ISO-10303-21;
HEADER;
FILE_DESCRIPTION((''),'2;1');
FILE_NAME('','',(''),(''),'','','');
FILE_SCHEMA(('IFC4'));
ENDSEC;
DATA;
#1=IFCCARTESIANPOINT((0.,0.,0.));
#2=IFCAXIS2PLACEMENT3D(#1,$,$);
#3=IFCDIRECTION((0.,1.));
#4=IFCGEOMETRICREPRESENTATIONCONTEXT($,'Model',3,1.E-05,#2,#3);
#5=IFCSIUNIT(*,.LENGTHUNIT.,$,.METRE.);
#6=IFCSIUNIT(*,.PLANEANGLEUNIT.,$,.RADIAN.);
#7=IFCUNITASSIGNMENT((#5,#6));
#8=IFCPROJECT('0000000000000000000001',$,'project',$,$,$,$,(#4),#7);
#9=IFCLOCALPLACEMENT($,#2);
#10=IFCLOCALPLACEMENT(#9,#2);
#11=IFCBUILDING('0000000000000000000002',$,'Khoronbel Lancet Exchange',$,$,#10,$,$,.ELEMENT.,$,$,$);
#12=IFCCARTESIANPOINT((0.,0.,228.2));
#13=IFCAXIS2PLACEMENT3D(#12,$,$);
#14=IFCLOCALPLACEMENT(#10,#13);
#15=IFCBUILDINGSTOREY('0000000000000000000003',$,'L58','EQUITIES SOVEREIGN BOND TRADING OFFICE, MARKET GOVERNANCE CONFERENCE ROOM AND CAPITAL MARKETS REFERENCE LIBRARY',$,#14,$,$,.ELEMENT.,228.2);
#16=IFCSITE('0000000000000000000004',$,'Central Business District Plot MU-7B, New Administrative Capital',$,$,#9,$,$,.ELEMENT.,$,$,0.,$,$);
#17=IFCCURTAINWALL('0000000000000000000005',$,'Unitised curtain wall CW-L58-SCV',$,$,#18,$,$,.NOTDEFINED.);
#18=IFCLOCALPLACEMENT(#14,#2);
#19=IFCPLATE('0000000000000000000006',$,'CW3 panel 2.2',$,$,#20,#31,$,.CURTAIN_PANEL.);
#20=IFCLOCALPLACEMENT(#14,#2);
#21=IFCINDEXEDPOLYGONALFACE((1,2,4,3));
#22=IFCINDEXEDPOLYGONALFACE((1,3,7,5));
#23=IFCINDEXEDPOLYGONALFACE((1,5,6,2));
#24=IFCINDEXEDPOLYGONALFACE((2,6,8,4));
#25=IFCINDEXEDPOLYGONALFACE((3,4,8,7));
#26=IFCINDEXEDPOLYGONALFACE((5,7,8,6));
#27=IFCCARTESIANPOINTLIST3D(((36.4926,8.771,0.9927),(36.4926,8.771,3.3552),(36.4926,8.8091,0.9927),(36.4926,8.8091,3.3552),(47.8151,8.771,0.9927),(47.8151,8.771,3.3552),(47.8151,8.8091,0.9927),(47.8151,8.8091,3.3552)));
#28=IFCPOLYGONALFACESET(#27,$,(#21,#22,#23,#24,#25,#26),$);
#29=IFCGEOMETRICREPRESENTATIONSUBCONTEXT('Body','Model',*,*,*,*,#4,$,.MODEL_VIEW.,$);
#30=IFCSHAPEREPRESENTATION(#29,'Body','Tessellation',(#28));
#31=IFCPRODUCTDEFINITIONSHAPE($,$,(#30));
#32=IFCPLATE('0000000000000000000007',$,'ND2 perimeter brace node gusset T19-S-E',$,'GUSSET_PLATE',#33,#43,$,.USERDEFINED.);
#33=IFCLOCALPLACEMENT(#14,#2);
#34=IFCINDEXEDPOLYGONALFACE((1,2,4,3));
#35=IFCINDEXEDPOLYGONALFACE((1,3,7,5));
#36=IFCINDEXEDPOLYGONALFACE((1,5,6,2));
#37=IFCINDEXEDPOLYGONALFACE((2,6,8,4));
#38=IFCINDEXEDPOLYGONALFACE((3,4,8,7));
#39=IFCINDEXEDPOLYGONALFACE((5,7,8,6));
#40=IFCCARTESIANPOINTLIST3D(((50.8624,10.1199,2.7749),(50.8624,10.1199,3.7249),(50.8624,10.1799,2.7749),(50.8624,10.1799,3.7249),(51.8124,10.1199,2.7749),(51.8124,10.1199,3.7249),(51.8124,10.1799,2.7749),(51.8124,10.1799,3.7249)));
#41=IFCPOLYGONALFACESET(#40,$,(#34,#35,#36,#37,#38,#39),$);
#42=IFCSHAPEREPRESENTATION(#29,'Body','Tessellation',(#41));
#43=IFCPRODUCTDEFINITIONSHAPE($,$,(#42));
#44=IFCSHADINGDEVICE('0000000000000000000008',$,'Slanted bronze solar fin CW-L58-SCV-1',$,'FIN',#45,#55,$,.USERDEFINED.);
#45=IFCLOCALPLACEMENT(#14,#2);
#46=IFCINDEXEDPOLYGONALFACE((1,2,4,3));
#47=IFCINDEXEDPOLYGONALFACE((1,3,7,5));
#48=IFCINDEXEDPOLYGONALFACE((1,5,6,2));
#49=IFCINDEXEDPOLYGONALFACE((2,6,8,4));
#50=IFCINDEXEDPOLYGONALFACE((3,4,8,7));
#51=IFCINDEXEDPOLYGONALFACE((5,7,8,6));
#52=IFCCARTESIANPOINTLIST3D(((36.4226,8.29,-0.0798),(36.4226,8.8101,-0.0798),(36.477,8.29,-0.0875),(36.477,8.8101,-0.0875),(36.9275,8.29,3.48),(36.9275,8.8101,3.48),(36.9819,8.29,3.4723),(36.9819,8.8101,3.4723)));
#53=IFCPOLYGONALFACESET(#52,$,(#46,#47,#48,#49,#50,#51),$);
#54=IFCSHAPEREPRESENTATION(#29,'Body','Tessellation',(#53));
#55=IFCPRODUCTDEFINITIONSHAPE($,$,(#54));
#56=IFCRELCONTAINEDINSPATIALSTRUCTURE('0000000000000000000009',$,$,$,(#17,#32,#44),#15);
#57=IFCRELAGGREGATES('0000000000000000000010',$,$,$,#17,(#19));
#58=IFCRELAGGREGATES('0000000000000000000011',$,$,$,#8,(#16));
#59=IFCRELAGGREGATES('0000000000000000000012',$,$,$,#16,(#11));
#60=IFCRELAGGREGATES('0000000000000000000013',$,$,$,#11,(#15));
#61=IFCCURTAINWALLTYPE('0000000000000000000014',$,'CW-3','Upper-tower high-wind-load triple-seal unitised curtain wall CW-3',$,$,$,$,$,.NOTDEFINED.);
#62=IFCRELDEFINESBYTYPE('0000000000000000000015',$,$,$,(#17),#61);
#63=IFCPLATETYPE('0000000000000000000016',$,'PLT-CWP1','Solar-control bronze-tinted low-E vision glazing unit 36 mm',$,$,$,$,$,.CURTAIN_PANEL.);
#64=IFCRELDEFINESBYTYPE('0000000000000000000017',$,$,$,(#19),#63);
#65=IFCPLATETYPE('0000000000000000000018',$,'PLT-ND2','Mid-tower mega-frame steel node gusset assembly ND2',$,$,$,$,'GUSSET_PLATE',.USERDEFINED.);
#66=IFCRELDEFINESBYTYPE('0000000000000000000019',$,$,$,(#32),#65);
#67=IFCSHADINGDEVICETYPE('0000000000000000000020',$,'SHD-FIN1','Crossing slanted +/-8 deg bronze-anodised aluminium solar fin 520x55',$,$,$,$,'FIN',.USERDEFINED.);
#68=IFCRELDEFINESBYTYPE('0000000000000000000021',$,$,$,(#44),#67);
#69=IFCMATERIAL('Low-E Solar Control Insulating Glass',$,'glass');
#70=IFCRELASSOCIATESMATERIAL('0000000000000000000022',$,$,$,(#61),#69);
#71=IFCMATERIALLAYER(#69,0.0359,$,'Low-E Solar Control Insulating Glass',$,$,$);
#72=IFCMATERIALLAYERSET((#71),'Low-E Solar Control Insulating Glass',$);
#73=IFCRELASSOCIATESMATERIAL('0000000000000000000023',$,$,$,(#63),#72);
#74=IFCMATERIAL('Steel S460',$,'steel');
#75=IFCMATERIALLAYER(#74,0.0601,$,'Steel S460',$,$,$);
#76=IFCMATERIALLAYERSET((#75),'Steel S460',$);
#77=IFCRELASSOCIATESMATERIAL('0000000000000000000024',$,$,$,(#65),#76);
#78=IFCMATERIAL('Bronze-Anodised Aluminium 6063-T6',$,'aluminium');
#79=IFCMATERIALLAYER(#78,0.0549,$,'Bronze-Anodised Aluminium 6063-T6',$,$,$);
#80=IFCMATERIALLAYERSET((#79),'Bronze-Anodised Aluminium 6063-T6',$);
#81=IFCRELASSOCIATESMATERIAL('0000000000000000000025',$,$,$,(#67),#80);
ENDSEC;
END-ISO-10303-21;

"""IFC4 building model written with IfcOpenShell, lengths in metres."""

from ifc_helpers import new_model, si_unit, direction, frame, origin, origin_2d, place, context, subcontext, project, spatial, polyline, rectangle, outline, extrude, material, layer, layer_set, type_object, element, aggregate, save


model = new_model("IFC4")

# Units and contexts
model_context = context("Model", 3, precision=1e-05, world=origin(), true_north=direction((0.0, 1.0)))
body_context = subcontext(model_context, "Body", "Model", "MODEL_VIEW")
ifc_project = project(units=[si_unit("LENGTHUNIT", "METRE"), si_unit("PLANEANGLEUNIT", "RADIAN")], contexts=[model_context])

# Site, building, storey
site_placement = place(None, origin())
site = spatial("IfcSite", under=ifc_project, at=site_placement, Name="Central Business District Plot MU-7B, New Administrative Capital", CompositionType="ELEMENT", RefElevation=0.0)
building_placement = place(site_placement, origin())
building = spatial("IfcBuilding", under=site, at=building_placement, Name="Khoronbel Lancet Exchange", CompositionType="ELEMENT")
storey_placement = place(building_placement, frame((0.0, 0.0, 228.2)))
storey = spatial("IfcBuildingStorey", under=building, at=storey_placement, Name="L58", Description="EQUITIES SOVEREIGN BOND TRADING OFFICE, MARKET GOVERNANCE CONFERENCE ROOM AND CAPITAL MARKETS REFERENCE LIBRARY", CompositionType="ELEMENT", Elevation=228.2)

# Shared definitions
ifc_material_1 = material(Name="Steel S460", Category="steel")

# Curtain wall
ifc_material_2 = material(Name="Low-E Solar Control Insulating Glass", Category="glass")
curtain_wall_type = type_object("IfcCurtainWallType", Name="CW-3", Description="Upper-tower high-wind-load triple-seal unitised curtain wall CW-3", PredefinedType="NOTDEFINED", material=ifc_material_2)
curtain_wall_1_placement = place(storey_placement, origin())
curtain_wall_1 = element("IfcCurtainWall", 1, at=curtain_wall_1_placement, inside=storey, type_object=curtain_wall_type, Name="Unitised curtain wall CW-L58-SCV", PredefinedType="NOTDEFINED")
ifc_material_3 = material(Name="Bronze-Anodised Aluminium 6063-T6", Category="aluminium")

# Plates
ifc_layer_1 = layer(ifc_material_2, 0.0359, Name="Low-E Solar Control Insulating Glass")
ifc_layer_set_1 = layer_set([ifc_layer_1], Name="Low-E Solar Control Insulating Glass")
plate_type_1 = type_object("IfcPlateType", Name="PLT-CWP1", Description="Solar-control bronze-tinted low-E vision glazing unit 36 mm", PredefinedType="CURTAIN_PANEL", material=ifc_layer_set_1)
plate_1_placement = place(storey_placement, frame((42.1538, 8.79, 0.9927), z_axis=(0.0, 0.0, 1.0), x_axis=(1.0, 0.0, 0.0)))
plate_1 = element("IfcPlate", 2, at=plate_1_placement, type_object=plate_type_1, Name="CW3 panel 2.2", PredefinedType="CURTAIN_PANEL", context=body_context, shape_type="SweptSolid", body=[
    extrude(rectangle(XDim=11.3225, YDim=0.0381, at=origin_2d()), origin(), (0.0, 0.0, 1.0), 2.3625),
])
aggregate(curtain_wall_1, [plate_1])
ifc_layer_2 = layer(ifc_material_1, 0.0601, Name="Steel S460")
ifc_layer_set_2 = layer_set([ifc_layer_2], Name="Steel S460")
plate_type_2 = type_object("IfcPlateType", Name="PLT-ND2", Description="Mid-tower mega-frame steel node gusset assembly ND2", ElementType="GUSSET_PLATE", PredefinedType="USERDEFINED", material=ifc_layer_set_2)
plate_2_placement = place(storey_placement, frame((51.3374, 10.1499, 2.7749), z_axis=(0.0, 0.0, 1.0), x_axis=(1.0, 0.0, 0.0)))
element("IfcPlate", 3, at=plate_2_placement, inside=storey, type_object=plate_type_2, Name="ND2 perimeter brace node gusset T19-S-E", ObjectType="GUSSET_PLATE", PredefinedType="USERDEFINED", context=body_context, shape_type="SweptSolid", body=[
    extrude(rectangle(XDim=0.95, YDim=0.0601, at=origin_2d()), origin(), (0.0, 0.0, 1.0), 0.95),
])

# Shading device
ifc_layer_3 = layer(ifc_material_3, 0.0549, Name="Bronze-Anodised Aluminium 6063-T6")
ifc_layer_set_3 = layer_set([ifc_layer_3], Name="Bronze-Anodised Aluminium 6063-T6")
shading_device_type = type_object("IfcShadingDeviceType", Name="SHD-FIN1", Description="Crossing slanted +/-8 deg bronze-anodised aluminium solar fin 520x55", ElementType="FIN", PredefinedType="USERDEFINED", material=ifc_layer_set_3)
shading_device_placement = place(storey_placement, frame((36.4226, 8.8101, -0.0798), z_axis=(-0.990092, 0.0, 0.140423), x_axis=(0.0, -1.0, 0.0)))
element("IfcShadingDevice", 4, at=shading_device_placement, inside=storey, type_object=shading_device_type, Name="Slanted bronze solar fin CW-L58-SCV-1", ObjectType="FIN", PredefinedType="USERDEFINED", context=body_context, shape_type="SweptSolid", body=[
    extrude(outline(polyline([(0.0, 0.0), (0.52, 0.0), (0.52, 3.5955), (0.0, 3.5955), (0.0, 0.0)])), origin(), (0.0, 0.0, -1.0), 0.0549),
])

save(model, "model.ifc")
